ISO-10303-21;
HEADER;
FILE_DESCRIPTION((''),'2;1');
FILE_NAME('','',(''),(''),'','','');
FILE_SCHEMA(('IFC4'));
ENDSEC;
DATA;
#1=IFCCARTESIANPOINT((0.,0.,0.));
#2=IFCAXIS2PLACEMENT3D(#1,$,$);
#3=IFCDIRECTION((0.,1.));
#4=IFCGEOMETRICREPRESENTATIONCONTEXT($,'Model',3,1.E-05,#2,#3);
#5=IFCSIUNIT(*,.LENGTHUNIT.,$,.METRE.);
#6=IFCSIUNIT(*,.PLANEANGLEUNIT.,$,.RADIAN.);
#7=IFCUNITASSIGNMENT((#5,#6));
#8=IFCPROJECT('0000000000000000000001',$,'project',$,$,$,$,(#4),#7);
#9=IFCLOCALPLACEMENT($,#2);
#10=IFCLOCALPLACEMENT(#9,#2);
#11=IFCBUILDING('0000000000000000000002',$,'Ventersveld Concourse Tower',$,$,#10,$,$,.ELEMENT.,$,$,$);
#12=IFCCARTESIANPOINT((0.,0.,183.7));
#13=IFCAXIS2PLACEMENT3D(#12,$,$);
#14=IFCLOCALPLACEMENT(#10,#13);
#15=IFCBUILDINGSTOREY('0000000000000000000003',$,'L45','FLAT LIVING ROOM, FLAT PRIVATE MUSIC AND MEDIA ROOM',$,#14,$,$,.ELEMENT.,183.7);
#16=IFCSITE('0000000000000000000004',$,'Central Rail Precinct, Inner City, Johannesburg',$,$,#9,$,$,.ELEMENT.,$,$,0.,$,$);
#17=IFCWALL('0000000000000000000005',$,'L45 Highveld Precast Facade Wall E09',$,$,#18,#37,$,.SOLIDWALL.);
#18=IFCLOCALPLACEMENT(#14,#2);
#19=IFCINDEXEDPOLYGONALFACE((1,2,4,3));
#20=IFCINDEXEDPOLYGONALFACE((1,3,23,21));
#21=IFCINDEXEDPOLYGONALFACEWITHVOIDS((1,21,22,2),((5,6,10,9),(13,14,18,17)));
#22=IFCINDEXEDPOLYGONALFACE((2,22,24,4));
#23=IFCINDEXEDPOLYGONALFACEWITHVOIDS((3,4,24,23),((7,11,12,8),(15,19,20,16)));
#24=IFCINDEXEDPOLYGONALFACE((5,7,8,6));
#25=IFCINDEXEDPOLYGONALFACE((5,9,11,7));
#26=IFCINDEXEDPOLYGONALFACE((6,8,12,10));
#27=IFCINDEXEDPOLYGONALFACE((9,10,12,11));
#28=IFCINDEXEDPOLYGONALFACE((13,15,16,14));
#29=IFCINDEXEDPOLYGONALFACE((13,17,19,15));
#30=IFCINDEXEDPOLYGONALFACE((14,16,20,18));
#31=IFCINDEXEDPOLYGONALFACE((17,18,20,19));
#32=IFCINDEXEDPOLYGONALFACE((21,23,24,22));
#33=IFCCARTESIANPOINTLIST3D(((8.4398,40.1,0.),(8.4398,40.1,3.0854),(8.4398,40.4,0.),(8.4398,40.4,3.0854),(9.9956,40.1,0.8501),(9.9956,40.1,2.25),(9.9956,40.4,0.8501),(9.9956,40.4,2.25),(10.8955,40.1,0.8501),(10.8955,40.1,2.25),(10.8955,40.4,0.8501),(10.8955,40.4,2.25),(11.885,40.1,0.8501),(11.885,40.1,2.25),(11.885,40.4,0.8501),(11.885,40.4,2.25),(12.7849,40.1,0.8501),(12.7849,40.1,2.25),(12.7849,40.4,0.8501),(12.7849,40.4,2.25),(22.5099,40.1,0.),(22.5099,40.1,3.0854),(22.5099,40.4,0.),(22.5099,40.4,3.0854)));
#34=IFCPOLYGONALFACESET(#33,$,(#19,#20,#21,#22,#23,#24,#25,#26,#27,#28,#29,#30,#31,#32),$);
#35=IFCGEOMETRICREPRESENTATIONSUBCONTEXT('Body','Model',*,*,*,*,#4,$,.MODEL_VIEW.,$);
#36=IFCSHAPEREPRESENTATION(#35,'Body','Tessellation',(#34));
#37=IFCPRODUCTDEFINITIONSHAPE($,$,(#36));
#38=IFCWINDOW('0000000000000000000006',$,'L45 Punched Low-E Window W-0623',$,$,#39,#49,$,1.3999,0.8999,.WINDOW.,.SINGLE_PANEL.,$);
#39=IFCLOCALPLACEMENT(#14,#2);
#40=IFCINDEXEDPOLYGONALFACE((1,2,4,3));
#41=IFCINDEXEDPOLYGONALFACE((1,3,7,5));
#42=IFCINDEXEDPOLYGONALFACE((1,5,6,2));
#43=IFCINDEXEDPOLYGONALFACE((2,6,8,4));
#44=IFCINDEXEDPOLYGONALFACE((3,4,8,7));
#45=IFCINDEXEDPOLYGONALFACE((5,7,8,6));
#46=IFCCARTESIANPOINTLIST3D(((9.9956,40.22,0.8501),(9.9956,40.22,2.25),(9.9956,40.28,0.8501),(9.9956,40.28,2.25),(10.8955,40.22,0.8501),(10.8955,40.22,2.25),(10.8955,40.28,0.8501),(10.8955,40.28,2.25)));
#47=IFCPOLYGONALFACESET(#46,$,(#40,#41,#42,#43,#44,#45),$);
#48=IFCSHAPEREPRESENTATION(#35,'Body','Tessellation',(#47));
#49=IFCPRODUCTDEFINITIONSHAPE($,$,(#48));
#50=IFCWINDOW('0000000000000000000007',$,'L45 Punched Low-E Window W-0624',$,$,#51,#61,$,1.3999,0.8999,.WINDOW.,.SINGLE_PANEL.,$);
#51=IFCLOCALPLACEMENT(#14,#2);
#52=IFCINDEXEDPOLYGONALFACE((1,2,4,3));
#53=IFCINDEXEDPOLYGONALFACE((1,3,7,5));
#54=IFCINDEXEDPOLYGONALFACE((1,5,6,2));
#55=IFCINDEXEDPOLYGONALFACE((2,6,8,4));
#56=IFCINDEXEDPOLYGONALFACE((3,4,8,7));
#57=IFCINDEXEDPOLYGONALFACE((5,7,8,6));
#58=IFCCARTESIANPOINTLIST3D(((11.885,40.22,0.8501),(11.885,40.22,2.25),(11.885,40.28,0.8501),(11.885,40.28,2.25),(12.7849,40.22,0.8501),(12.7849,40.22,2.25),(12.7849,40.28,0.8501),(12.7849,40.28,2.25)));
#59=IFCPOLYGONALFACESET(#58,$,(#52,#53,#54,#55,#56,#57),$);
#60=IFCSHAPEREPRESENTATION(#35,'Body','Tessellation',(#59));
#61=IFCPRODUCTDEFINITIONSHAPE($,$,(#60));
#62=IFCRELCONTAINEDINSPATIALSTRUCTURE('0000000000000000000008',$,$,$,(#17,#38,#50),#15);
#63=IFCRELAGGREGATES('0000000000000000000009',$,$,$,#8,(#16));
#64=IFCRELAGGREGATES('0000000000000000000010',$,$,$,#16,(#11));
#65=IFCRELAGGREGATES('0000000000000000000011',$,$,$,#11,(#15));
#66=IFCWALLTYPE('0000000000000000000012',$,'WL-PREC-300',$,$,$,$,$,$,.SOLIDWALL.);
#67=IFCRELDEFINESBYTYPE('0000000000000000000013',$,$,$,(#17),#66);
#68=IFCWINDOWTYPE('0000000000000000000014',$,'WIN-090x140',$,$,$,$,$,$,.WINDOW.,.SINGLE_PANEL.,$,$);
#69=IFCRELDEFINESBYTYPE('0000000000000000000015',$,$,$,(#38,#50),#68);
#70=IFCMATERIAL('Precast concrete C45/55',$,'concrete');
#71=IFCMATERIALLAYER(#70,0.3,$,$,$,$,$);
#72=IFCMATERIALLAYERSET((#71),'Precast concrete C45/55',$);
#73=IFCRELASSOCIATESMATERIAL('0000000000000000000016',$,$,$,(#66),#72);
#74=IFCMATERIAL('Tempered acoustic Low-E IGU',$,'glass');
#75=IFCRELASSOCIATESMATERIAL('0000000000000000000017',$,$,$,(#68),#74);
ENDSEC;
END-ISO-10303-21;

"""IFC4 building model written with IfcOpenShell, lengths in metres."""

from ifc_helpers import new_model, si_unit, direction, frame, frame_2d, origin, place, context, subcontext, project, spatial, rectangle, extrude, material, layer, layer_set, type_object, element, fill, save


model = new_model("IFC4")

# Units and contexts
model_context = context("Model", 3, precision=1e-05, world=origin(), true_north=direction((0.0, 1.0)))
body_context = subcontext(model_context, "Body", "Model", "MODEL_VIEW")
ifc_project = project(units=[si_unit("LENGTHUNIT", "METRE"), si_unit("PLANEANGLEUNIT", "RADIAN")], contexts=[model_context])

# Site, building, storey
site_placement = place(None, origin())
site = spatial("IfcSite", under=ifc_project, at=site_placement, Name="Central Rail Precinct, Inner City, Johannesburg", CompositionType="ELEMENT", RefElevation=0.0)
building_placement = place(site_placement, origin())
building = spatial("IfcBuilding", under=site, at=building_placement, Name="Ventersveld Concourse Tower", CompositionType="ELEMENT")
storey_placement = place(building_placement, frame((0.0, 0.0, 183.7)))
storey = spatial("IfcBuildingStorey", under=building, at=storey_placement, Name="L45", Description="FLAT LIVING ROOM, FLAT PRIVATE MUSIC AND MEDIA ROOM", CompositionType="ELEMENT", Elevation=183.7)

# Shared definitions
ifc_material_1 = material(Name="Precast concrete C45/55", Category="concrete")
ifc_layer_1 = layer(ifc_material_1, 0.3)
ifc_layer_set_1 = layer_set([ifc_layer_1], Name="Precast concrete C45/55")
wall_type_1 = type_object("IfcWallType", Name="WL-PREC-300", PredefinedType="SOLIDWALL", material=ifc_layer_set_1)
ifc_material_2 = material(Name="Tempered acoustic Low-E IGU", Category="glass")

# Wall, openings, windows
wall_1_placement = place(storey_placement, frame((22.51, 40.25, 0.0), z_axis=(0.0, 0.0, 1.0), x_axis=(-1.0, 0.0, 0.0)))
wall_1 = element("IfcWall", 1, at=wall_1_placement, inside=storey, type_object=wall_type_1, Name="L45 Highveld Precast Facade Wall E09", PredefinedType="SOLIDWALL", context=body_context, shape_type="SweptSolid", body=[
    extrude(rectangle(XDim=14.0701, YDim=0.3, at=frame_2d((7.0352, 0.0))), origin(), (0.0, 0.0, 1.0), 3.0854),
])
opening_1_placement = place(wall_1_placement, frame((11.6145, 0.0, 0.8501)))
opening_1 = element("IfcOpeningElement", 2, at=opening_1_placement, cuts=wall_1, PredefinedType="OPENING", context=body_context, shape_type="SweptSolid", body=[
    extrude(rectangle(XDim=0.8999, YDim=1.3999, at=frame_2d((0.45, 0.7))), frame((0.0, 0.1602, 0.0), z_axis=(0.0, -1.0, 0.0), x_axis=(1.0, 0.0, 0.0)), (0.0, 0.0, 1.0), 0.3201),
])
opening_2_placement = place(wall_1_placement, frame((9.7251, 0.0, 0.8501)))
opening_2 = element("IfcOpeningElement", 3, at=opening_2_placement, cuts=wall_1, PredefinedType="OPENING", context=body_context, shape_type="SweptSolid", body=[
    extrude(rectangle(XDim=0.8999, YDim=1.3999, at=frame_2d((0.45, 0.7))), frame((0.0, 0.1602, 0.0), z_axis=(0.0, -1.0, 0.0), x_axis=(1.0, 0.0, 0.0)), (0.0, 0.0, 1.0), 0.3201),
])
window_type_1 = type_object("IfcWindowType", Name="WIN-090x140", PartitioningType="SINGLE_PANEL", PredefinedType="WINDOW", material=ifc_material_2)
window_1_placement = place(opening_1_placement, origin())
window_1 = element("IfcWindow", 4, at=window_1_placement, inside=storey, type_object=window_type_1, Name="L45 Punched Low-E Window W-0623", OverallHeight=1.3999, OverallWidth=0.8999, PartitioningType="SINGLE_PANEL", PredefinedType="WINDOW", context=body_context, shape_type="SweptSolid", body=[
    extrude(rectangle(XDim=0.8999, YDim=1.3999, at=frame_2d((0.45, 0.7))), frame((0.0, 0.03, 0.0), z_axis=(0.0, -1.0, 0.0), x_axis=(1.0, 0.0, 0.0)), (0.0, 0.0, 1.0), 0.0601),
])
fill(opening_1, window_1)
window_2_placement = place(opening_2_placement, origin())
window_2 = element("IfcWindow", 5, at=window_2_placement, inside=storey, type_object=window_type_1, Name="L45 Punched Low-E Window W-0624", OverallHeight=1.3999, OverallWidth=0.8999, PartitioningType="SINGLE_PANEL", PredefinedType="WINDOW", context=body_context, shape_type="SweptSolid", body=[
    extrude(rectangle(XDim=0.8999, YDim=1.3999, at=frame_2d((0.45, 0.7))), frame((0.0, 0.03, 0.0), z_axis=(0.0, -1.0, 0.0), x_axis=(1.0, 0.0, 0.0)), (0.0, 0.0, 1.0), 0.0601),
])
fill(opening_2, window_2)

save(model, "model.ifc")
